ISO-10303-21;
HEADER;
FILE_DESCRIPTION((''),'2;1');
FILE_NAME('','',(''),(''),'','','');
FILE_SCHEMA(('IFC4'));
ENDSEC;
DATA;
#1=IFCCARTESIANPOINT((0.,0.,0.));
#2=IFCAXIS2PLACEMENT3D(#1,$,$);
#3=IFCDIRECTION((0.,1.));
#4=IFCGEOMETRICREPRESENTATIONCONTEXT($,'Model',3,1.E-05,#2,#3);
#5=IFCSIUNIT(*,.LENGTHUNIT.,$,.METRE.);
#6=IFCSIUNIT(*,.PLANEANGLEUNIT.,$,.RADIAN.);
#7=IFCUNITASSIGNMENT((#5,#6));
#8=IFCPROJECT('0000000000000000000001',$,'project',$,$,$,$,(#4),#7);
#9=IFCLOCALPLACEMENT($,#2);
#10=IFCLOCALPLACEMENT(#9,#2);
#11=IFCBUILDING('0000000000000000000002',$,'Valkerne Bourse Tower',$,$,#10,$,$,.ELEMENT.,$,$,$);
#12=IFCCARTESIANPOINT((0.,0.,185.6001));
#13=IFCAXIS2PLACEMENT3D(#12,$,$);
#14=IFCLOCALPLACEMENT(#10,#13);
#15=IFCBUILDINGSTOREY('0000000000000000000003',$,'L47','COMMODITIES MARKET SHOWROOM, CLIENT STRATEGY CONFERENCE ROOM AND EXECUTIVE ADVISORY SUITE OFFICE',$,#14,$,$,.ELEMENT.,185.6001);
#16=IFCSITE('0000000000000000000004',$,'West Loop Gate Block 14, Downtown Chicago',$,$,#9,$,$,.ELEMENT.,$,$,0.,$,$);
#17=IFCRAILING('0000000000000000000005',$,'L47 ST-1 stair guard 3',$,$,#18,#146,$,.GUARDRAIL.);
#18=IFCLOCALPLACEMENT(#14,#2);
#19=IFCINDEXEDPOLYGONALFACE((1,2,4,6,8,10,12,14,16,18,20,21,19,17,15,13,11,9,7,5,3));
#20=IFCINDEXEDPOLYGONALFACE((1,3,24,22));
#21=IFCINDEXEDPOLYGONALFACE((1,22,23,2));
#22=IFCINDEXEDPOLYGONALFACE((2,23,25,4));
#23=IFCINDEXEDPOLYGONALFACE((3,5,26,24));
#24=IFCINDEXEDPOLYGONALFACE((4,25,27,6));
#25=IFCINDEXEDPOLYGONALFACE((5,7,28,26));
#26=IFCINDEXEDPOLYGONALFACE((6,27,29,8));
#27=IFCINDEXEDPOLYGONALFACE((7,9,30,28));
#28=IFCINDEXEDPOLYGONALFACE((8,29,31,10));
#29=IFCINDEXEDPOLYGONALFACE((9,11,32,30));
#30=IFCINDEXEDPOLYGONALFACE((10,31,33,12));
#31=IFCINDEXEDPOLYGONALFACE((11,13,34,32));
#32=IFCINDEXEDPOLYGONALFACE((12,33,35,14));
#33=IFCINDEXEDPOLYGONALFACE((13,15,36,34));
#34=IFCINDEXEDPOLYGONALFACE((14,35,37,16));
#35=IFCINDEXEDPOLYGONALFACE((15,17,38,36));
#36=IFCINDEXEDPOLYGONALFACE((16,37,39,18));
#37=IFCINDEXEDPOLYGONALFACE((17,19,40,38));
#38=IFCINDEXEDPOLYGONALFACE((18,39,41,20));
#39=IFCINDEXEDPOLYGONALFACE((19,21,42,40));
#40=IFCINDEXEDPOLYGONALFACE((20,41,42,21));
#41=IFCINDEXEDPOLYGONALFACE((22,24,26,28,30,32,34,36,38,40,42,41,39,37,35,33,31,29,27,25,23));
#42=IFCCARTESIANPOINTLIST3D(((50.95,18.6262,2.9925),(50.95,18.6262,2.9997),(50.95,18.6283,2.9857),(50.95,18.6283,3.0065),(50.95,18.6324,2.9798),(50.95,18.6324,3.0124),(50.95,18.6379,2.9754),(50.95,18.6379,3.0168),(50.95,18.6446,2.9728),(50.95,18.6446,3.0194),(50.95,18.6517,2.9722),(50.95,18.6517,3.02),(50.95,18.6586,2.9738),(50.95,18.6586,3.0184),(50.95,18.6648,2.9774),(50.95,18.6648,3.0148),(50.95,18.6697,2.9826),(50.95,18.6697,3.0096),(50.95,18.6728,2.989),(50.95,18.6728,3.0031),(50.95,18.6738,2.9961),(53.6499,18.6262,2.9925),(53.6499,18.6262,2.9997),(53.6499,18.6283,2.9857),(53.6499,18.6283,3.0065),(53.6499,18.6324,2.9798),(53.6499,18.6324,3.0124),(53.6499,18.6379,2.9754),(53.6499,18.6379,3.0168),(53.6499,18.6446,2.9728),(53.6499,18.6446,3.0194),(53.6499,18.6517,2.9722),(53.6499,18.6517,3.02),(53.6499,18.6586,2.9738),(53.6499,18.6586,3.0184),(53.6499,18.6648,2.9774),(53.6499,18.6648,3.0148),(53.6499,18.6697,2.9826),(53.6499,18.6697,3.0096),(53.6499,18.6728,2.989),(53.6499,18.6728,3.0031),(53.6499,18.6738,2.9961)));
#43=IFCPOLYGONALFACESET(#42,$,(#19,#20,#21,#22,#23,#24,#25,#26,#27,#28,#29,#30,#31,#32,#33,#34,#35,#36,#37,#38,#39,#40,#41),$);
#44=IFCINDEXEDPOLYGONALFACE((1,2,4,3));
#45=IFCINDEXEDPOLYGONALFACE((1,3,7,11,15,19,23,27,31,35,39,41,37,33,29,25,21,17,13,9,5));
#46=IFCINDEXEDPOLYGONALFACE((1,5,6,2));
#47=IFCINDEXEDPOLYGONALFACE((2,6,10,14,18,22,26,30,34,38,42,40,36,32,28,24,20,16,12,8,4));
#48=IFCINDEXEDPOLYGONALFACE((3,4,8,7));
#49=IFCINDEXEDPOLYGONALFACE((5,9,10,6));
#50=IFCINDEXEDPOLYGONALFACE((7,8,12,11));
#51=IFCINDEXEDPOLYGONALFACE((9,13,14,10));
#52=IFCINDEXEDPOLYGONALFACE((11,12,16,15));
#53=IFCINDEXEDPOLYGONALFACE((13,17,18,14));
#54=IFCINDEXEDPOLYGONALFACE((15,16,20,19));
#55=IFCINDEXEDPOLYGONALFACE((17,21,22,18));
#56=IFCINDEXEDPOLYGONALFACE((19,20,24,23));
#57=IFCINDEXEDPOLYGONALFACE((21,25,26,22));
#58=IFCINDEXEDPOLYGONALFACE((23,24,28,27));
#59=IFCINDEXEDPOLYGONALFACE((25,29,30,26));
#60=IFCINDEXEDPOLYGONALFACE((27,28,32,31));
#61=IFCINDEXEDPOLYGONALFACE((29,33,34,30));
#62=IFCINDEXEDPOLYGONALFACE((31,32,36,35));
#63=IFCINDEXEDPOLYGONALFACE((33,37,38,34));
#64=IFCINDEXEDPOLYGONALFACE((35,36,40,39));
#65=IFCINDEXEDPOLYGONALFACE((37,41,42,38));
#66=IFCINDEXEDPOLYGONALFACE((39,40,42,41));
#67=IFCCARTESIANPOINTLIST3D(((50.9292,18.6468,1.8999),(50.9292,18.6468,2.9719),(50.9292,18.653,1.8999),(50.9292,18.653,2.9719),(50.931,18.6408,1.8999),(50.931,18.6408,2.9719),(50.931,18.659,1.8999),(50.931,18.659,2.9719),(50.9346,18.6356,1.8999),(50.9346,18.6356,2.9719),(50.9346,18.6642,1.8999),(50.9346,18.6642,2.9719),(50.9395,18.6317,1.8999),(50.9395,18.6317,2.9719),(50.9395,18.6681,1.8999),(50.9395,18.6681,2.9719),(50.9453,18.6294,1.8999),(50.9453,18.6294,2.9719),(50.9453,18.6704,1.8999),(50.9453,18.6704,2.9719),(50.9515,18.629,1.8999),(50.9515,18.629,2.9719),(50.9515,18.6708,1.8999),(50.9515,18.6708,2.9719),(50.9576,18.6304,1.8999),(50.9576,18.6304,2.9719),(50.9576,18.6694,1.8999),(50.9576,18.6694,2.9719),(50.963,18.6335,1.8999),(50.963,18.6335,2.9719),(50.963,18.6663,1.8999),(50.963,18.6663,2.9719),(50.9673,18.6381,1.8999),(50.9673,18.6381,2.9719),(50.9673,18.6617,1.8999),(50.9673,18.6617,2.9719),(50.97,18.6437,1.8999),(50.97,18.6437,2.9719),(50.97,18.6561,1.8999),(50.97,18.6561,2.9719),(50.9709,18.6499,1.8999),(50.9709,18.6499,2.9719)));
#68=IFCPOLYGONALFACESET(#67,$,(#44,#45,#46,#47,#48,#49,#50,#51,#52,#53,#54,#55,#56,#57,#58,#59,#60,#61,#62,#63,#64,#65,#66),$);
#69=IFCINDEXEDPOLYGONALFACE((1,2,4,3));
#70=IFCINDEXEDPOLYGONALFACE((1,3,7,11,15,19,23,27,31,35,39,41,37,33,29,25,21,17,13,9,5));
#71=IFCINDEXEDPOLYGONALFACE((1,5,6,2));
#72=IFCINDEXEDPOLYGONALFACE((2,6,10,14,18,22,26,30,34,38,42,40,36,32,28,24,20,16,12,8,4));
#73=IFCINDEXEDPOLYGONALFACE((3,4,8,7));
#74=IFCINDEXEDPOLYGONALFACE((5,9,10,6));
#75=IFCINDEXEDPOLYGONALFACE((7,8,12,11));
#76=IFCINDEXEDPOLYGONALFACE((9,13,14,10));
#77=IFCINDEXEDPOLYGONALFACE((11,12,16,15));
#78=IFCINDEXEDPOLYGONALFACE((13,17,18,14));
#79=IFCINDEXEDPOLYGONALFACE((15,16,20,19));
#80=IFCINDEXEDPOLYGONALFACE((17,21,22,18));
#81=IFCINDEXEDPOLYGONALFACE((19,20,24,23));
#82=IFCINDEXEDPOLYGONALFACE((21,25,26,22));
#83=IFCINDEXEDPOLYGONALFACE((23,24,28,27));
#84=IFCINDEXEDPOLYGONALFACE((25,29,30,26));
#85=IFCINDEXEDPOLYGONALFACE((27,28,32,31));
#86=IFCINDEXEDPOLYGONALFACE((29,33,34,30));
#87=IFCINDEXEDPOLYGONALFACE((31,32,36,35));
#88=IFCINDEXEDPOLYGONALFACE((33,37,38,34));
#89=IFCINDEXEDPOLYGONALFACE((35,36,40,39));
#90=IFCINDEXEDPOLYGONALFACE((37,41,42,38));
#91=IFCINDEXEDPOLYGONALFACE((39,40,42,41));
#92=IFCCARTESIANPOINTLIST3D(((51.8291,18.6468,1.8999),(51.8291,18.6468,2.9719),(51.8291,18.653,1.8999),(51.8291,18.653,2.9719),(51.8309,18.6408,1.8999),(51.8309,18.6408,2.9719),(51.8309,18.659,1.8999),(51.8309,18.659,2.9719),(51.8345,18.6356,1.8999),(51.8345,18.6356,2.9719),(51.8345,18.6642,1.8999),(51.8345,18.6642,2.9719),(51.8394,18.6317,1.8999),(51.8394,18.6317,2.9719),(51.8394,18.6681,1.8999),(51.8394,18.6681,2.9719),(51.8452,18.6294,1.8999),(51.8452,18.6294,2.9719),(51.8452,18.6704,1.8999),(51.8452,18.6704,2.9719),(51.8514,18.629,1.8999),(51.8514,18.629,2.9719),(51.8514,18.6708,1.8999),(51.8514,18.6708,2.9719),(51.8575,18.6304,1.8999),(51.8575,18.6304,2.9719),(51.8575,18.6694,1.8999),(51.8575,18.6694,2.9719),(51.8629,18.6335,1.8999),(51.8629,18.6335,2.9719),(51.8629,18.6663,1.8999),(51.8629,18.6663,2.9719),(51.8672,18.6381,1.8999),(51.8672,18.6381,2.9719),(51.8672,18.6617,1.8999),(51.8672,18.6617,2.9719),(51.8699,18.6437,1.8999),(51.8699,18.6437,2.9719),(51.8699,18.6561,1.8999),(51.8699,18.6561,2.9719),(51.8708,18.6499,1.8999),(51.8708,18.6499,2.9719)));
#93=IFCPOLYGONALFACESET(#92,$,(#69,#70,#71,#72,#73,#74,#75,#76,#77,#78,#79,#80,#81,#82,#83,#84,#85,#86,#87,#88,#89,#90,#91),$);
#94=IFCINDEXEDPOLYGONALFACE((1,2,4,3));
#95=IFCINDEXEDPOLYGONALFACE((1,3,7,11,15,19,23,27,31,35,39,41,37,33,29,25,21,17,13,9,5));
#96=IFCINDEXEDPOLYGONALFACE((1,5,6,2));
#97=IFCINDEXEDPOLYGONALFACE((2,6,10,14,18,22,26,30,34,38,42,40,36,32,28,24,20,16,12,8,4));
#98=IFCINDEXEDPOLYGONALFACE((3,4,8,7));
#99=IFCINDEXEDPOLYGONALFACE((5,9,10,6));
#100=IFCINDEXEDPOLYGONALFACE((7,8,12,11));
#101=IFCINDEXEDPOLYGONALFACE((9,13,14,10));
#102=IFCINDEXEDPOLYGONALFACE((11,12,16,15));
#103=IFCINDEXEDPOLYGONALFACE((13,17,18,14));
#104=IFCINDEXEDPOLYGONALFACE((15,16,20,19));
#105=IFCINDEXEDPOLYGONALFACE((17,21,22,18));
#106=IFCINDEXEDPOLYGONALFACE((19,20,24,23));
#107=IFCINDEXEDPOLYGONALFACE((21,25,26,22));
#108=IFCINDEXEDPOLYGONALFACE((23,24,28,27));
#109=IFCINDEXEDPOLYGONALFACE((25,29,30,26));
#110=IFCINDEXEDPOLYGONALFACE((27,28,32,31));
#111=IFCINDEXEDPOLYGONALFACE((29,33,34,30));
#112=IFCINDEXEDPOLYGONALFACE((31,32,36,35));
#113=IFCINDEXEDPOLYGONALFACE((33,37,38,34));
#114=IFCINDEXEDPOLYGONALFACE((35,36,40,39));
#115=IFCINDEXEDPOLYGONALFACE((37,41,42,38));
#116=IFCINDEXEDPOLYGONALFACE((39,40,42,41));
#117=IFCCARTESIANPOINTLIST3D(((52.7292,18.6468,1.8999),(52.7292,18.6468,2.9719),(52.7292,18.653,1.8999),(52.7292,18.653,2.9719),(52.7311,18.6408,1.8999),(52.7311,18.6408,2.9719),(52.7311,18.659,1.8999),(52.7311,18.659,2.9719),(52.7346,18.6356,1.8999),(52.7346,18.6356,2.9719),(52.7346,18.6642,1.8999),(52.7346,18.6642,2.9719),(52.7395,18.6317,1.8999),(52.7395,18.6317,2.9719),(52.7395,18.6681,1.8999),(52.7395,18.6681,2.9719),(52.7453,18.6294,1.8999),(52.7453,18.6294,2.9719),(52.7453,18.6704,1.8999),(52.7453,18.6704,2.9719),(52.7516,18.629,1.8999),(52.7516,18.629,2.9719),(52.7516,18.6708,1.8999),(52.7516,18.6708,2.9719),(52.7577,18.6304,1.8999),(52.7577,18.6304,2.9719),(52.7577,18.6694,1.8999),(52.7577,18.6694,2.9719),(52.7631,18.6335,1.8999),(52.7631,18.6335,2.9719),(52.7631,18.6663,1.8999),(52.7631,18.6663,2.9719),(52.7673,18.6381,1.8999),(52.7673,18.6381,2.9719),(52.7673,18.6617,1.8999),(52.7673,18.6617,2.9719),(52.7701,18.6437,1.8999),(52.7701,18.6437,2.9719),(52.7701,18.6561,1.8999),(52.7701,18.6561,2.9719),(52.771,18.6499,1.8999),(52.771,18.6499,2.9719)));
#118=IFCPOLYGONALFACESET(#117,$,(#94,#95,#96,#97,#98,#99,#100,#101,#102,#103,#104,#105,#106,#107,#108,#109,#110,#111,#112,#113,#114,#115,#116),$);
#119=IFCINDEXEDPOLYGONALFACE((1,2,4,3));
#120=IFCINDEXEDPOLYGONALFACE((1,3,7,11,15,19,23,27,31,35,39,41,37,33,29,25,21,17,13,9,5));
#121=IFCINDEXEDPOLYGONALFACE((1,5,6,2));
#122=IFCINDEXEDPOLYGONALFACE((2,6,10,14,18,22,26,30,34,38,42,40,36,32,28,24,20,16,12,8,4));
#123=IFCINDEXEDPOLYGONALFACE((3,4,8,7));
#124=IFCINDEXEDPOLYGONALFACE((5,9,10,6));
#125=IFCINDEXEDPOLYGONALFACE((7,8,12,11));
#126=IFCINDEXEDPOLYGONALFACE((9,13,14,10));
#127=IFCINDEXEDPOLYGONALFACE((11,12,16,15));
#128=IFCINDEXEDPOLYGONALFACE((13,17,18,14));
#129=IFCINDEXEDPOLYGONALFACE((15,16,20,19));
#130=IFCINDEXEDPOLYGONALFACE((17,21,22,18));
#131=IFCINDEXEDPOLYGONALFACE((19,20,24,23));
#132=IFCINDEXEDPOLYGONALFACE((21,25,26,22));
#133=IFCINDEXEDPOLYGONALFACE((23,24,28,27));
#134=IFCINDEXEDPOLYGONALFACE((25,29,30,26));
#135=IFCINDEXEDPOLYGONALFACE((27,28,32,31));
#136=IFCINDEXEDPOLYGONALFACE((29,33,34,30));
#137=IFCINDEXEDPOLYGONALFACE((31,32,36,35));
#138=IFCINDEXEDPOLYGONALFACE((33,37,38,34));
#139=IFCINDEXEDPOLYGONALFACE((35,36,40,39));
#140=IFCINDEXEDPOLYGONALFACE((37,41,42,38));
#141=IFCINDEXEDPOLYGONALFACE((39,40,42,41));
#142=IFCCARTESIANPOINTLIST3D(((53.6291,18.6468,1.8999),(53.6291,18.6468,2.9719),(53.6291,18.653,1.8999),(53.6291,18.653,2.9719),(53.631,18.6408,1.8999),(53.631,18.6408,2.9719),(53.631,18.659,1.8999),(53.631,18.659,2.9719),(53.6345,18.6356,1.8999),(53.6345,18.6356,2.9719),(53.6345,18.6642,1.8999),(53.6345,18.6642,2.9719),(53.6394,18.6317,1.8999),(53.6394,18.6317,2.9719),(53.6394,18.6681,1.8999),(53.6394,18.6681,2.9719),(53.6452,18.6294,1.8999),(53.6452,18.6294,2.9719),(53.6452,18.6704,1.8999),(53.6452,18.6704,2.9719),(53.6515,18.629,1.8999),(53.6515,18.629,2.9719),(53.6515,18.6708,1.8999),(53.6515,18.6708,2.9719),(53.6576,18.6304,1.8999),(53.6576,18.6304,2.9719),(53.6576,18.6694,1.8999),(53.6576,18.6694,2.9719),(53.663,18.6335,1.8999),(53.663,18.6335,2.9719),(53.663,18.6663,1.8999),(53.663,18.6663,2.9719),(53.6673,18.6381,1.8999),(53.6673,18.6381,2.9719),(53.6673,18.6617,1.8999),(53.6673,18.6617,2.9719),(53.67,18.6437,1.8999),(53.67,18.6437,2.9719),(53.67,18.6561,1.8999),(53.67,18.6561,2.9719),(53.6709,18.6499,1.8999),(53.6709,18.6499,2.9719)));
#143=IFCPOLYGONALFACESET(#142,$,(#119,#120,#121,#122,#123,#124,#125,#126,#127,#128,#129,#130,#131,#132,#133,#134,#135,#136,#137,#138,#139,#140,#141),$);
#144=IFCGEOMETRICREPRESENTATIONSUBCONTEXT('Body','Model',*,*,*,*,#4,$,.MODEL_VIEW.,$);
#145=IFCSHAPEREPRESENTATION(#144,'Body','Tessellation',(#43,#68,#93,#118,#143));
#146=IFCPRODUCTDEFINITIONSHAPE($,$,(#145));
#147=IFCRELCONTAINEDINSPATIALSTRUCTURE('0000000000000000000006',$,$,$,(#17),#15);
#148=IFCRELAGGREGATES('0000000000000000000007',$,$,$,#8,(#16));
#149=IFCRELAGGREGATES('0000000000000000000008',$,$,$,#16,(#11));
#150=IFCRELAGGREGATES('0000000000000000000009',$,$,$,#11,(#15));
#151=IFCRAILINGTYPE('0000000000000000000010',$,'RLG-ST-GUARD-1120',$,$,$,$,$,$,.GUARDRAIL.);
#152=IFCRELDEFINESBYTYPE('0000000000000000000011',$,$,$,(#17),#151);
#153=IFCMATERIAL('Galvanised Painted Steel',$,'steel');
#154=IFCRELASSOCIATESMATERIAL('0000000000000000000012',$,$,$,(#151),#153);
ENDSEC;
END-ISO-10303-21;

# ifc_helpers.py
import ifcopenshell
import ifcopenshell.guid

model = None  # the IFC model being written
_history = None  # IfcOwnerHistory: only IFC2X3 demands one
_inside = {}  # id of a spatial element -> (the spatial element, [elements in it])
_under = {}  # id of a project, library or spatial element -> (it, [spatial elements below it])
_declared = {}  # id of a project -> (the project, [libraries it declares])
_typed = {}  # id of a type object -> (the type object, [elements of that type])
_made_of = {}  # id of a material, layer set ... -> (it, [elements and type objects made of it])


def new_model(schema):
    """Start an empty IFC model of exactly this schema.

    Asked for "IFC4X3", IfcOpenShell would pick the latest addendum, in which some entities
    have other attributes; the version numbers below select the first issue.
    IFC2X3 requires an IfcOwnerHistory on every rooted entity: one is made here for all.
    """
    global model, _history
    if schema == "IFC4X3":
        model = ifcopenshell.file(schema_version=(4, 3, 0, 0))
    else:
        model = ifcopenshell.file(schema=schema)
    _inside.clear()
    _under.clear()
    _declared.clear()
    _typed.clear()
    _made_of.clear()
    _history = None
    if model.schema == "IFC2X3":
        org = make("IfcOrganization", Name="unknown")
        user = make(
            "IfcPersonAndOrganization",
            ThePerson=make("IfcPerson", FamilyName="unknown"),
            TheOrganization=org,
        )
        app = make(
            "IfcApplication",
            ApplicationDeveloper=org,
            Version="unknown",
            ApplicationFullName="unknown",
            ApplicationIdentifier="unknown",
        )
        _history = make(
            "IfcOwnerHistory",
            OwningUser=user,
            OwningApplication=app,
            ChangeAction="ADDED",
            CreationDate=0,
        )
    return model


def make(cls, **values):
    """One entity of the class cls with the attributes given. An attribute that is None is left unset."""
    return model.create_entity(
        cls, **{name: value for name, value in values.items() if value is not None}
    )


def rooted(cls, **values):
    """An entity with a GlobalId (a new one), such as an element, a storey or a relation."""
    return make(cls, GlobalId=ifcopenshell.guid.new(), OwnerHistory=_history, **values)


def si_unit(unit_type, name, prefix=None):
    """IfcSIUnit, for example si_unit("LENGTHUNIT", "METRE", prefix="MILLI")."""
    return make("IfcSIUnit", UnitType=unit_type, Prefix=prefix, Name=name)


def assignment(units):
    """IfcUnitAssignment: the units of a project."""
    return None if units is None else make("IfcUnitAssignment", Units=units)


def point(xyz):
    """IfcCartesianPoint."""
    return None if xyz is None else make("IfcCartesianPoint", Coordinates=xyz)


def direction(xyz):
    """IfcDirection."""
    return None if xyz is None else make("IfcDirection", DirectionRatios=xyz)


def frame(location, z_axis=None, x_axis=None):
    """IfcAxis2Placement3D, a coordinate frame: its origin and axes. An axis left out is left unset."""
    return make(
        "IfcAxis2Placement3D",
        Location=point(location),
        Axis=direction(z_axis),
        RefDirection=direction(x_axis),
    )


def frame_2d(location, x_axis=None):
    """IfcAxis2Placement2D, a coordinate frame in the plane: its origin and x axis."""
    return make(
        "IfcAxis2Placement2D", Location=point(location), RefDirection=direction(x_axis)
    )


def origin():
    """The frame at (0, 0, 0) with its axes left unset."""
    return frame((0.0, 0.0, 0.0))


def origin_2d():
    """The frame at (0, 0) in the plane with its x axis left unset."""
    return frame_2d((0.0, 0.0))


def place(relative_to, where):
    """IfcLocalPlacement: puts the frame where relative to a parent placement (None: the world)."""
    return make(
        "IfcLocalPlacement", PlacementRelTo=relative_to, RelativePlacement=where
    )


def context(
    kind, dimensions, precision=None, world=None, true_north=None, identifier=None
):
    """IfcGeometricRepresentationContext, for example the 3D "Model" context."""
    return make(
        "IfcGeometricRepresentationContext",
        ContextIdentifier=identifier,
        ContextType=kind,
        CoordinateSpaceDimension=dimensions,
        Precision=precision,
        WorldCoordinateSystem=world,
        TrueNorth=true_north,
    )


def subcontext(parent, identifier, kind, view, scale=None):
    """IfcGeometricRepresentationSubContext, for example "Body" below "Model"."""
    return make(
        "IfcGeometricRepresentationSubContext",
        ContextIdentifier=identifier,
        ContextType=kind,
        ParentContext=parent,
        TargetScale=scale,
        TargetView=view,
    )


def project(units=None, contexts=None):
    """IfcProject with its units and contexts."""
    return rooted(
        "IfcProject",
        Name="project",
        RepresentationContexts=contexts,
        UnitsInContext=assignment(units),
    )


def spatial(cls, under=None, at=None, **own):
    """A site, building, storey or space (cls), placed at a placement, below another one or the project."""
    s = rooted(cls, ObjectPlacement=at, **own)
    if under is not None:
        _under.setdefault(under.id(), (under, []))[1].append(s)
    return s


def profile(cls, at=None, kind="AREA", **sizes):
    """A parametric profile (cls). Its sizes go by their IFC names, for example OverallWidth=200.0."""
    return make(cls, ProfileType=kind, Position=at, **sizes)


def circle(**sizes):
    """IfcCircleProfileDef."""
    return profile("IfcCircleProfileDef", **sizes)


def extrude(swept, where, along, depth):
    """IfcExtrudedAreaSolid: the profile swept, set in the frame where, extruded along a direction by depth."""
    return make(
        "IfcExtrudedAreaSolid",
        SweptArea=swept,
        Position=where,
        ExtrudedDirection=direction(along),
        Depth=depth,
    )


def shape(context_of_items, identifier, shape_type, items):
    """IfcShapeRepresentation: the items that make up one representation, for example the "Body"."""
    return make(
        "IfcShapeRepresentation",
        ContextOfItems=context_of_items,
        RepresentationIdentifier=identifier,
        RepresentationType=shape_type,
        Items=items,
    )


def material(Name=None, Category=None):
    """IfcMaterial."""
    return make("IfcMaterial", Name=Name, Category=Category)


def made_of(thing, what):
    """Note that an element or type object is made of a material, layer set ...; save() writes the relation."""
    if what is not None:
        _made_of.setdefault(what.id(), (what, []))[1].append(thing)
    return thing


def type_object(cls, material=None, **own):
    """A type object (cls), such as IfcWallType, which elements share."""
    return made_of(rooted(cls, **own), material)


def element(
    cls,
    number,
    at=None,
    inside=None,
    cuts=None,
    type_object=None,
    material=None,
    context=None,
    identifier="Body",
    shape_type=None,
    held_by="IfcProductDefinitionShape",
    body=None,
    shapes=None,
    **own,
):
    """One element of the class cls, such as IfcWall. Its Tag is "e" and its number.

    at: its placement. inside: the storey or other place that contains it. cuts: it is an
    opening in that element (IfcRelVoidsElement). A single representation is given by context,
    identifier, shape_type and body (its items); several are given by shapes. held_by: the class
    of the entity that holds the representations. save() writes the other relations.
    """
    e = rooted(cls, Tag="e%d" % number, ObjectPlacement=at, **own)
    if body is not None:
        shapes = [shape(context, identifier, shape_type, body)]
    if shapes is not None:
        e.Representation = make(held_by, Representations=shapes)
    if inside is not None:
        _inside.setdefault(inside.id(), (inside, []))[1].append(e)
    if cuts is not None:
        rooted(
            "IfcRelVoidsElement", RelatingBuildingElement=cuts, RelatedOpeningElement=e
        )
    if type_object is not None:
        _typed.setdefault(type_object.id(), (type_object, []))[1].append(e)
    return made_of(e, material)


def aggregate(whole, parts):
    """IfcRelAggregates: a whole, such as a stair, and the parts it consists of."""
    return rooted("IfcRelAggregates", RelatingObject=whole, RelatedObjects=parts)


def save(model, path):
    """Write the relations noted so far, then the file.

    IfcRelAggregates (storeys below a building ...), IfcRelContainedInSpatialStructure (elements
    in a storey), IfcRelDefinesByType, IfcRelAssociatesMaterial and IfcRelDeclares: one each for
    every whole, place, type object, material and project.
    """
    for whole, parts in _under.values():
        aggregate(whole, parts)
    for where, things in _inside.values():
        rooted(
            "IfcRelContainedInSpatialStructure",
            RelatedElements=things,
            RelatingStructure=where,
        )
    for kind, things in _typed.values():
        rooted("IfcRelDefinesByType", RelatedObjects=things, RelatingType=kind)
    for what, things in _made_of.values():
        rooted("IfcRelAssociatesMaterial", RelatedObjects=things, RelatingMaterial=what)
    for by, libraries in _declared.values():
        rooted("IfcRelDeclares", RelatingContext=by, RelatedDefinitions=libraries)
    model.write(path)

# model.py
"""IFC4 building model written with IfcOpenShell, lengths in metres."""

from ifc_helpers import new_model, si_unit, direction, frame, origin, origin_2d, place, context, subcontext, project, spatial, circle, extrude, material, type_object, element, save


model = new_model("IFC4")

# Units and contexts
model_context = context("Model", 3, precision=1e-05, world=origin(), true_north=direction((0.0, 1.0)))
body_context = subcontext(model_context, "Body", "Model", "MODEL_VIEW")
ifc_project = project(units=[si_unit("LENGTHUNIT", "METRE"), si_unit("PLANEANGLEUNIT", "RADIAN")], contexts=[model_context])

# Site, building, storey
site_placement = place(None, origin())
site = spatial("IfcSite", under=ifc_project, at=site_placement, Name="West Loop Gate Block 14, Downtown Chicago", CompositionType="ELEMENT", RefElevation=0.0)
building_placement = place(site_placement, origin())
building = spatial("IfcBuilding", under=site, at=building_placement, Name="Valkerne Bourse Tower", CompositionType="ELEMENT")
storey_placement = place(building_placement, frame((0.0, 0.0, 185.6001)))
storey = spatial("IfcBuildingStorey", under=building, at=storey_placement, Name="L47", Description="COMMODITIES MARKET SHOWROOM, CLIENT STRATEGY CONFERENCE ROOM AND EXECUTIVE ADVISORY SUITE OFFICE", CompositionType="ELEMENT", Elevation=185.6001)

# Shared definitions
ifc_material_1 = material(Name="Galvanised Painted Steel", Category="steel")

# Railing
railing_type_1 = type_object("IfcRailingType", Name="RLG-ST-GUARD-1120", PredefinedType="GUARDRAIL", material=ifc_material_1)
for number, where, name in (
    (1, (50.95, 18.6499, 1.8999), "L47 ST-1 stair guard 3"),
):
    element("IfcRailing", number, at=place(storey_placement, frame(where)), inside=storey, type_object=railing_type_1, Name=name, PredefinedType="GUARDRAIL", context=body_context, shape_type="SweptSolid", body=[
        extrude(circle(Radius=0.0239, at=origin_2d()), frame((0.0, 0.0, 1.0962), z_axis=(1.0, 0.0, 0.0), x_axis=(0.0, 1.0, 0.0)), (0.0, 0.0, 1.0), 2.7),
        extrude(circle(Radius=0.021, at=origin_2d()), origin(), (0.0, 0.0, 1.0), 1.072),
        extrude(circle(Radius=0.021, at=origin_2d()), frame((0.8999, 0.0, 0.0)), (0.0, 0.0, 1.0), 1.072),
        extrude(circle(Radius=0.021, at=origin_2d()), frame((1.8, 0.0, 0.0)), (0.0, 0.0, 1.0), 1.072),
        extrude(circle(Radius=0.021, at=origin_2d()), frame((2.7, 0.0, 0.0)), (0.0, 0.0, 1.0), 1.072),
    ])

save(model, "model.ifc")
